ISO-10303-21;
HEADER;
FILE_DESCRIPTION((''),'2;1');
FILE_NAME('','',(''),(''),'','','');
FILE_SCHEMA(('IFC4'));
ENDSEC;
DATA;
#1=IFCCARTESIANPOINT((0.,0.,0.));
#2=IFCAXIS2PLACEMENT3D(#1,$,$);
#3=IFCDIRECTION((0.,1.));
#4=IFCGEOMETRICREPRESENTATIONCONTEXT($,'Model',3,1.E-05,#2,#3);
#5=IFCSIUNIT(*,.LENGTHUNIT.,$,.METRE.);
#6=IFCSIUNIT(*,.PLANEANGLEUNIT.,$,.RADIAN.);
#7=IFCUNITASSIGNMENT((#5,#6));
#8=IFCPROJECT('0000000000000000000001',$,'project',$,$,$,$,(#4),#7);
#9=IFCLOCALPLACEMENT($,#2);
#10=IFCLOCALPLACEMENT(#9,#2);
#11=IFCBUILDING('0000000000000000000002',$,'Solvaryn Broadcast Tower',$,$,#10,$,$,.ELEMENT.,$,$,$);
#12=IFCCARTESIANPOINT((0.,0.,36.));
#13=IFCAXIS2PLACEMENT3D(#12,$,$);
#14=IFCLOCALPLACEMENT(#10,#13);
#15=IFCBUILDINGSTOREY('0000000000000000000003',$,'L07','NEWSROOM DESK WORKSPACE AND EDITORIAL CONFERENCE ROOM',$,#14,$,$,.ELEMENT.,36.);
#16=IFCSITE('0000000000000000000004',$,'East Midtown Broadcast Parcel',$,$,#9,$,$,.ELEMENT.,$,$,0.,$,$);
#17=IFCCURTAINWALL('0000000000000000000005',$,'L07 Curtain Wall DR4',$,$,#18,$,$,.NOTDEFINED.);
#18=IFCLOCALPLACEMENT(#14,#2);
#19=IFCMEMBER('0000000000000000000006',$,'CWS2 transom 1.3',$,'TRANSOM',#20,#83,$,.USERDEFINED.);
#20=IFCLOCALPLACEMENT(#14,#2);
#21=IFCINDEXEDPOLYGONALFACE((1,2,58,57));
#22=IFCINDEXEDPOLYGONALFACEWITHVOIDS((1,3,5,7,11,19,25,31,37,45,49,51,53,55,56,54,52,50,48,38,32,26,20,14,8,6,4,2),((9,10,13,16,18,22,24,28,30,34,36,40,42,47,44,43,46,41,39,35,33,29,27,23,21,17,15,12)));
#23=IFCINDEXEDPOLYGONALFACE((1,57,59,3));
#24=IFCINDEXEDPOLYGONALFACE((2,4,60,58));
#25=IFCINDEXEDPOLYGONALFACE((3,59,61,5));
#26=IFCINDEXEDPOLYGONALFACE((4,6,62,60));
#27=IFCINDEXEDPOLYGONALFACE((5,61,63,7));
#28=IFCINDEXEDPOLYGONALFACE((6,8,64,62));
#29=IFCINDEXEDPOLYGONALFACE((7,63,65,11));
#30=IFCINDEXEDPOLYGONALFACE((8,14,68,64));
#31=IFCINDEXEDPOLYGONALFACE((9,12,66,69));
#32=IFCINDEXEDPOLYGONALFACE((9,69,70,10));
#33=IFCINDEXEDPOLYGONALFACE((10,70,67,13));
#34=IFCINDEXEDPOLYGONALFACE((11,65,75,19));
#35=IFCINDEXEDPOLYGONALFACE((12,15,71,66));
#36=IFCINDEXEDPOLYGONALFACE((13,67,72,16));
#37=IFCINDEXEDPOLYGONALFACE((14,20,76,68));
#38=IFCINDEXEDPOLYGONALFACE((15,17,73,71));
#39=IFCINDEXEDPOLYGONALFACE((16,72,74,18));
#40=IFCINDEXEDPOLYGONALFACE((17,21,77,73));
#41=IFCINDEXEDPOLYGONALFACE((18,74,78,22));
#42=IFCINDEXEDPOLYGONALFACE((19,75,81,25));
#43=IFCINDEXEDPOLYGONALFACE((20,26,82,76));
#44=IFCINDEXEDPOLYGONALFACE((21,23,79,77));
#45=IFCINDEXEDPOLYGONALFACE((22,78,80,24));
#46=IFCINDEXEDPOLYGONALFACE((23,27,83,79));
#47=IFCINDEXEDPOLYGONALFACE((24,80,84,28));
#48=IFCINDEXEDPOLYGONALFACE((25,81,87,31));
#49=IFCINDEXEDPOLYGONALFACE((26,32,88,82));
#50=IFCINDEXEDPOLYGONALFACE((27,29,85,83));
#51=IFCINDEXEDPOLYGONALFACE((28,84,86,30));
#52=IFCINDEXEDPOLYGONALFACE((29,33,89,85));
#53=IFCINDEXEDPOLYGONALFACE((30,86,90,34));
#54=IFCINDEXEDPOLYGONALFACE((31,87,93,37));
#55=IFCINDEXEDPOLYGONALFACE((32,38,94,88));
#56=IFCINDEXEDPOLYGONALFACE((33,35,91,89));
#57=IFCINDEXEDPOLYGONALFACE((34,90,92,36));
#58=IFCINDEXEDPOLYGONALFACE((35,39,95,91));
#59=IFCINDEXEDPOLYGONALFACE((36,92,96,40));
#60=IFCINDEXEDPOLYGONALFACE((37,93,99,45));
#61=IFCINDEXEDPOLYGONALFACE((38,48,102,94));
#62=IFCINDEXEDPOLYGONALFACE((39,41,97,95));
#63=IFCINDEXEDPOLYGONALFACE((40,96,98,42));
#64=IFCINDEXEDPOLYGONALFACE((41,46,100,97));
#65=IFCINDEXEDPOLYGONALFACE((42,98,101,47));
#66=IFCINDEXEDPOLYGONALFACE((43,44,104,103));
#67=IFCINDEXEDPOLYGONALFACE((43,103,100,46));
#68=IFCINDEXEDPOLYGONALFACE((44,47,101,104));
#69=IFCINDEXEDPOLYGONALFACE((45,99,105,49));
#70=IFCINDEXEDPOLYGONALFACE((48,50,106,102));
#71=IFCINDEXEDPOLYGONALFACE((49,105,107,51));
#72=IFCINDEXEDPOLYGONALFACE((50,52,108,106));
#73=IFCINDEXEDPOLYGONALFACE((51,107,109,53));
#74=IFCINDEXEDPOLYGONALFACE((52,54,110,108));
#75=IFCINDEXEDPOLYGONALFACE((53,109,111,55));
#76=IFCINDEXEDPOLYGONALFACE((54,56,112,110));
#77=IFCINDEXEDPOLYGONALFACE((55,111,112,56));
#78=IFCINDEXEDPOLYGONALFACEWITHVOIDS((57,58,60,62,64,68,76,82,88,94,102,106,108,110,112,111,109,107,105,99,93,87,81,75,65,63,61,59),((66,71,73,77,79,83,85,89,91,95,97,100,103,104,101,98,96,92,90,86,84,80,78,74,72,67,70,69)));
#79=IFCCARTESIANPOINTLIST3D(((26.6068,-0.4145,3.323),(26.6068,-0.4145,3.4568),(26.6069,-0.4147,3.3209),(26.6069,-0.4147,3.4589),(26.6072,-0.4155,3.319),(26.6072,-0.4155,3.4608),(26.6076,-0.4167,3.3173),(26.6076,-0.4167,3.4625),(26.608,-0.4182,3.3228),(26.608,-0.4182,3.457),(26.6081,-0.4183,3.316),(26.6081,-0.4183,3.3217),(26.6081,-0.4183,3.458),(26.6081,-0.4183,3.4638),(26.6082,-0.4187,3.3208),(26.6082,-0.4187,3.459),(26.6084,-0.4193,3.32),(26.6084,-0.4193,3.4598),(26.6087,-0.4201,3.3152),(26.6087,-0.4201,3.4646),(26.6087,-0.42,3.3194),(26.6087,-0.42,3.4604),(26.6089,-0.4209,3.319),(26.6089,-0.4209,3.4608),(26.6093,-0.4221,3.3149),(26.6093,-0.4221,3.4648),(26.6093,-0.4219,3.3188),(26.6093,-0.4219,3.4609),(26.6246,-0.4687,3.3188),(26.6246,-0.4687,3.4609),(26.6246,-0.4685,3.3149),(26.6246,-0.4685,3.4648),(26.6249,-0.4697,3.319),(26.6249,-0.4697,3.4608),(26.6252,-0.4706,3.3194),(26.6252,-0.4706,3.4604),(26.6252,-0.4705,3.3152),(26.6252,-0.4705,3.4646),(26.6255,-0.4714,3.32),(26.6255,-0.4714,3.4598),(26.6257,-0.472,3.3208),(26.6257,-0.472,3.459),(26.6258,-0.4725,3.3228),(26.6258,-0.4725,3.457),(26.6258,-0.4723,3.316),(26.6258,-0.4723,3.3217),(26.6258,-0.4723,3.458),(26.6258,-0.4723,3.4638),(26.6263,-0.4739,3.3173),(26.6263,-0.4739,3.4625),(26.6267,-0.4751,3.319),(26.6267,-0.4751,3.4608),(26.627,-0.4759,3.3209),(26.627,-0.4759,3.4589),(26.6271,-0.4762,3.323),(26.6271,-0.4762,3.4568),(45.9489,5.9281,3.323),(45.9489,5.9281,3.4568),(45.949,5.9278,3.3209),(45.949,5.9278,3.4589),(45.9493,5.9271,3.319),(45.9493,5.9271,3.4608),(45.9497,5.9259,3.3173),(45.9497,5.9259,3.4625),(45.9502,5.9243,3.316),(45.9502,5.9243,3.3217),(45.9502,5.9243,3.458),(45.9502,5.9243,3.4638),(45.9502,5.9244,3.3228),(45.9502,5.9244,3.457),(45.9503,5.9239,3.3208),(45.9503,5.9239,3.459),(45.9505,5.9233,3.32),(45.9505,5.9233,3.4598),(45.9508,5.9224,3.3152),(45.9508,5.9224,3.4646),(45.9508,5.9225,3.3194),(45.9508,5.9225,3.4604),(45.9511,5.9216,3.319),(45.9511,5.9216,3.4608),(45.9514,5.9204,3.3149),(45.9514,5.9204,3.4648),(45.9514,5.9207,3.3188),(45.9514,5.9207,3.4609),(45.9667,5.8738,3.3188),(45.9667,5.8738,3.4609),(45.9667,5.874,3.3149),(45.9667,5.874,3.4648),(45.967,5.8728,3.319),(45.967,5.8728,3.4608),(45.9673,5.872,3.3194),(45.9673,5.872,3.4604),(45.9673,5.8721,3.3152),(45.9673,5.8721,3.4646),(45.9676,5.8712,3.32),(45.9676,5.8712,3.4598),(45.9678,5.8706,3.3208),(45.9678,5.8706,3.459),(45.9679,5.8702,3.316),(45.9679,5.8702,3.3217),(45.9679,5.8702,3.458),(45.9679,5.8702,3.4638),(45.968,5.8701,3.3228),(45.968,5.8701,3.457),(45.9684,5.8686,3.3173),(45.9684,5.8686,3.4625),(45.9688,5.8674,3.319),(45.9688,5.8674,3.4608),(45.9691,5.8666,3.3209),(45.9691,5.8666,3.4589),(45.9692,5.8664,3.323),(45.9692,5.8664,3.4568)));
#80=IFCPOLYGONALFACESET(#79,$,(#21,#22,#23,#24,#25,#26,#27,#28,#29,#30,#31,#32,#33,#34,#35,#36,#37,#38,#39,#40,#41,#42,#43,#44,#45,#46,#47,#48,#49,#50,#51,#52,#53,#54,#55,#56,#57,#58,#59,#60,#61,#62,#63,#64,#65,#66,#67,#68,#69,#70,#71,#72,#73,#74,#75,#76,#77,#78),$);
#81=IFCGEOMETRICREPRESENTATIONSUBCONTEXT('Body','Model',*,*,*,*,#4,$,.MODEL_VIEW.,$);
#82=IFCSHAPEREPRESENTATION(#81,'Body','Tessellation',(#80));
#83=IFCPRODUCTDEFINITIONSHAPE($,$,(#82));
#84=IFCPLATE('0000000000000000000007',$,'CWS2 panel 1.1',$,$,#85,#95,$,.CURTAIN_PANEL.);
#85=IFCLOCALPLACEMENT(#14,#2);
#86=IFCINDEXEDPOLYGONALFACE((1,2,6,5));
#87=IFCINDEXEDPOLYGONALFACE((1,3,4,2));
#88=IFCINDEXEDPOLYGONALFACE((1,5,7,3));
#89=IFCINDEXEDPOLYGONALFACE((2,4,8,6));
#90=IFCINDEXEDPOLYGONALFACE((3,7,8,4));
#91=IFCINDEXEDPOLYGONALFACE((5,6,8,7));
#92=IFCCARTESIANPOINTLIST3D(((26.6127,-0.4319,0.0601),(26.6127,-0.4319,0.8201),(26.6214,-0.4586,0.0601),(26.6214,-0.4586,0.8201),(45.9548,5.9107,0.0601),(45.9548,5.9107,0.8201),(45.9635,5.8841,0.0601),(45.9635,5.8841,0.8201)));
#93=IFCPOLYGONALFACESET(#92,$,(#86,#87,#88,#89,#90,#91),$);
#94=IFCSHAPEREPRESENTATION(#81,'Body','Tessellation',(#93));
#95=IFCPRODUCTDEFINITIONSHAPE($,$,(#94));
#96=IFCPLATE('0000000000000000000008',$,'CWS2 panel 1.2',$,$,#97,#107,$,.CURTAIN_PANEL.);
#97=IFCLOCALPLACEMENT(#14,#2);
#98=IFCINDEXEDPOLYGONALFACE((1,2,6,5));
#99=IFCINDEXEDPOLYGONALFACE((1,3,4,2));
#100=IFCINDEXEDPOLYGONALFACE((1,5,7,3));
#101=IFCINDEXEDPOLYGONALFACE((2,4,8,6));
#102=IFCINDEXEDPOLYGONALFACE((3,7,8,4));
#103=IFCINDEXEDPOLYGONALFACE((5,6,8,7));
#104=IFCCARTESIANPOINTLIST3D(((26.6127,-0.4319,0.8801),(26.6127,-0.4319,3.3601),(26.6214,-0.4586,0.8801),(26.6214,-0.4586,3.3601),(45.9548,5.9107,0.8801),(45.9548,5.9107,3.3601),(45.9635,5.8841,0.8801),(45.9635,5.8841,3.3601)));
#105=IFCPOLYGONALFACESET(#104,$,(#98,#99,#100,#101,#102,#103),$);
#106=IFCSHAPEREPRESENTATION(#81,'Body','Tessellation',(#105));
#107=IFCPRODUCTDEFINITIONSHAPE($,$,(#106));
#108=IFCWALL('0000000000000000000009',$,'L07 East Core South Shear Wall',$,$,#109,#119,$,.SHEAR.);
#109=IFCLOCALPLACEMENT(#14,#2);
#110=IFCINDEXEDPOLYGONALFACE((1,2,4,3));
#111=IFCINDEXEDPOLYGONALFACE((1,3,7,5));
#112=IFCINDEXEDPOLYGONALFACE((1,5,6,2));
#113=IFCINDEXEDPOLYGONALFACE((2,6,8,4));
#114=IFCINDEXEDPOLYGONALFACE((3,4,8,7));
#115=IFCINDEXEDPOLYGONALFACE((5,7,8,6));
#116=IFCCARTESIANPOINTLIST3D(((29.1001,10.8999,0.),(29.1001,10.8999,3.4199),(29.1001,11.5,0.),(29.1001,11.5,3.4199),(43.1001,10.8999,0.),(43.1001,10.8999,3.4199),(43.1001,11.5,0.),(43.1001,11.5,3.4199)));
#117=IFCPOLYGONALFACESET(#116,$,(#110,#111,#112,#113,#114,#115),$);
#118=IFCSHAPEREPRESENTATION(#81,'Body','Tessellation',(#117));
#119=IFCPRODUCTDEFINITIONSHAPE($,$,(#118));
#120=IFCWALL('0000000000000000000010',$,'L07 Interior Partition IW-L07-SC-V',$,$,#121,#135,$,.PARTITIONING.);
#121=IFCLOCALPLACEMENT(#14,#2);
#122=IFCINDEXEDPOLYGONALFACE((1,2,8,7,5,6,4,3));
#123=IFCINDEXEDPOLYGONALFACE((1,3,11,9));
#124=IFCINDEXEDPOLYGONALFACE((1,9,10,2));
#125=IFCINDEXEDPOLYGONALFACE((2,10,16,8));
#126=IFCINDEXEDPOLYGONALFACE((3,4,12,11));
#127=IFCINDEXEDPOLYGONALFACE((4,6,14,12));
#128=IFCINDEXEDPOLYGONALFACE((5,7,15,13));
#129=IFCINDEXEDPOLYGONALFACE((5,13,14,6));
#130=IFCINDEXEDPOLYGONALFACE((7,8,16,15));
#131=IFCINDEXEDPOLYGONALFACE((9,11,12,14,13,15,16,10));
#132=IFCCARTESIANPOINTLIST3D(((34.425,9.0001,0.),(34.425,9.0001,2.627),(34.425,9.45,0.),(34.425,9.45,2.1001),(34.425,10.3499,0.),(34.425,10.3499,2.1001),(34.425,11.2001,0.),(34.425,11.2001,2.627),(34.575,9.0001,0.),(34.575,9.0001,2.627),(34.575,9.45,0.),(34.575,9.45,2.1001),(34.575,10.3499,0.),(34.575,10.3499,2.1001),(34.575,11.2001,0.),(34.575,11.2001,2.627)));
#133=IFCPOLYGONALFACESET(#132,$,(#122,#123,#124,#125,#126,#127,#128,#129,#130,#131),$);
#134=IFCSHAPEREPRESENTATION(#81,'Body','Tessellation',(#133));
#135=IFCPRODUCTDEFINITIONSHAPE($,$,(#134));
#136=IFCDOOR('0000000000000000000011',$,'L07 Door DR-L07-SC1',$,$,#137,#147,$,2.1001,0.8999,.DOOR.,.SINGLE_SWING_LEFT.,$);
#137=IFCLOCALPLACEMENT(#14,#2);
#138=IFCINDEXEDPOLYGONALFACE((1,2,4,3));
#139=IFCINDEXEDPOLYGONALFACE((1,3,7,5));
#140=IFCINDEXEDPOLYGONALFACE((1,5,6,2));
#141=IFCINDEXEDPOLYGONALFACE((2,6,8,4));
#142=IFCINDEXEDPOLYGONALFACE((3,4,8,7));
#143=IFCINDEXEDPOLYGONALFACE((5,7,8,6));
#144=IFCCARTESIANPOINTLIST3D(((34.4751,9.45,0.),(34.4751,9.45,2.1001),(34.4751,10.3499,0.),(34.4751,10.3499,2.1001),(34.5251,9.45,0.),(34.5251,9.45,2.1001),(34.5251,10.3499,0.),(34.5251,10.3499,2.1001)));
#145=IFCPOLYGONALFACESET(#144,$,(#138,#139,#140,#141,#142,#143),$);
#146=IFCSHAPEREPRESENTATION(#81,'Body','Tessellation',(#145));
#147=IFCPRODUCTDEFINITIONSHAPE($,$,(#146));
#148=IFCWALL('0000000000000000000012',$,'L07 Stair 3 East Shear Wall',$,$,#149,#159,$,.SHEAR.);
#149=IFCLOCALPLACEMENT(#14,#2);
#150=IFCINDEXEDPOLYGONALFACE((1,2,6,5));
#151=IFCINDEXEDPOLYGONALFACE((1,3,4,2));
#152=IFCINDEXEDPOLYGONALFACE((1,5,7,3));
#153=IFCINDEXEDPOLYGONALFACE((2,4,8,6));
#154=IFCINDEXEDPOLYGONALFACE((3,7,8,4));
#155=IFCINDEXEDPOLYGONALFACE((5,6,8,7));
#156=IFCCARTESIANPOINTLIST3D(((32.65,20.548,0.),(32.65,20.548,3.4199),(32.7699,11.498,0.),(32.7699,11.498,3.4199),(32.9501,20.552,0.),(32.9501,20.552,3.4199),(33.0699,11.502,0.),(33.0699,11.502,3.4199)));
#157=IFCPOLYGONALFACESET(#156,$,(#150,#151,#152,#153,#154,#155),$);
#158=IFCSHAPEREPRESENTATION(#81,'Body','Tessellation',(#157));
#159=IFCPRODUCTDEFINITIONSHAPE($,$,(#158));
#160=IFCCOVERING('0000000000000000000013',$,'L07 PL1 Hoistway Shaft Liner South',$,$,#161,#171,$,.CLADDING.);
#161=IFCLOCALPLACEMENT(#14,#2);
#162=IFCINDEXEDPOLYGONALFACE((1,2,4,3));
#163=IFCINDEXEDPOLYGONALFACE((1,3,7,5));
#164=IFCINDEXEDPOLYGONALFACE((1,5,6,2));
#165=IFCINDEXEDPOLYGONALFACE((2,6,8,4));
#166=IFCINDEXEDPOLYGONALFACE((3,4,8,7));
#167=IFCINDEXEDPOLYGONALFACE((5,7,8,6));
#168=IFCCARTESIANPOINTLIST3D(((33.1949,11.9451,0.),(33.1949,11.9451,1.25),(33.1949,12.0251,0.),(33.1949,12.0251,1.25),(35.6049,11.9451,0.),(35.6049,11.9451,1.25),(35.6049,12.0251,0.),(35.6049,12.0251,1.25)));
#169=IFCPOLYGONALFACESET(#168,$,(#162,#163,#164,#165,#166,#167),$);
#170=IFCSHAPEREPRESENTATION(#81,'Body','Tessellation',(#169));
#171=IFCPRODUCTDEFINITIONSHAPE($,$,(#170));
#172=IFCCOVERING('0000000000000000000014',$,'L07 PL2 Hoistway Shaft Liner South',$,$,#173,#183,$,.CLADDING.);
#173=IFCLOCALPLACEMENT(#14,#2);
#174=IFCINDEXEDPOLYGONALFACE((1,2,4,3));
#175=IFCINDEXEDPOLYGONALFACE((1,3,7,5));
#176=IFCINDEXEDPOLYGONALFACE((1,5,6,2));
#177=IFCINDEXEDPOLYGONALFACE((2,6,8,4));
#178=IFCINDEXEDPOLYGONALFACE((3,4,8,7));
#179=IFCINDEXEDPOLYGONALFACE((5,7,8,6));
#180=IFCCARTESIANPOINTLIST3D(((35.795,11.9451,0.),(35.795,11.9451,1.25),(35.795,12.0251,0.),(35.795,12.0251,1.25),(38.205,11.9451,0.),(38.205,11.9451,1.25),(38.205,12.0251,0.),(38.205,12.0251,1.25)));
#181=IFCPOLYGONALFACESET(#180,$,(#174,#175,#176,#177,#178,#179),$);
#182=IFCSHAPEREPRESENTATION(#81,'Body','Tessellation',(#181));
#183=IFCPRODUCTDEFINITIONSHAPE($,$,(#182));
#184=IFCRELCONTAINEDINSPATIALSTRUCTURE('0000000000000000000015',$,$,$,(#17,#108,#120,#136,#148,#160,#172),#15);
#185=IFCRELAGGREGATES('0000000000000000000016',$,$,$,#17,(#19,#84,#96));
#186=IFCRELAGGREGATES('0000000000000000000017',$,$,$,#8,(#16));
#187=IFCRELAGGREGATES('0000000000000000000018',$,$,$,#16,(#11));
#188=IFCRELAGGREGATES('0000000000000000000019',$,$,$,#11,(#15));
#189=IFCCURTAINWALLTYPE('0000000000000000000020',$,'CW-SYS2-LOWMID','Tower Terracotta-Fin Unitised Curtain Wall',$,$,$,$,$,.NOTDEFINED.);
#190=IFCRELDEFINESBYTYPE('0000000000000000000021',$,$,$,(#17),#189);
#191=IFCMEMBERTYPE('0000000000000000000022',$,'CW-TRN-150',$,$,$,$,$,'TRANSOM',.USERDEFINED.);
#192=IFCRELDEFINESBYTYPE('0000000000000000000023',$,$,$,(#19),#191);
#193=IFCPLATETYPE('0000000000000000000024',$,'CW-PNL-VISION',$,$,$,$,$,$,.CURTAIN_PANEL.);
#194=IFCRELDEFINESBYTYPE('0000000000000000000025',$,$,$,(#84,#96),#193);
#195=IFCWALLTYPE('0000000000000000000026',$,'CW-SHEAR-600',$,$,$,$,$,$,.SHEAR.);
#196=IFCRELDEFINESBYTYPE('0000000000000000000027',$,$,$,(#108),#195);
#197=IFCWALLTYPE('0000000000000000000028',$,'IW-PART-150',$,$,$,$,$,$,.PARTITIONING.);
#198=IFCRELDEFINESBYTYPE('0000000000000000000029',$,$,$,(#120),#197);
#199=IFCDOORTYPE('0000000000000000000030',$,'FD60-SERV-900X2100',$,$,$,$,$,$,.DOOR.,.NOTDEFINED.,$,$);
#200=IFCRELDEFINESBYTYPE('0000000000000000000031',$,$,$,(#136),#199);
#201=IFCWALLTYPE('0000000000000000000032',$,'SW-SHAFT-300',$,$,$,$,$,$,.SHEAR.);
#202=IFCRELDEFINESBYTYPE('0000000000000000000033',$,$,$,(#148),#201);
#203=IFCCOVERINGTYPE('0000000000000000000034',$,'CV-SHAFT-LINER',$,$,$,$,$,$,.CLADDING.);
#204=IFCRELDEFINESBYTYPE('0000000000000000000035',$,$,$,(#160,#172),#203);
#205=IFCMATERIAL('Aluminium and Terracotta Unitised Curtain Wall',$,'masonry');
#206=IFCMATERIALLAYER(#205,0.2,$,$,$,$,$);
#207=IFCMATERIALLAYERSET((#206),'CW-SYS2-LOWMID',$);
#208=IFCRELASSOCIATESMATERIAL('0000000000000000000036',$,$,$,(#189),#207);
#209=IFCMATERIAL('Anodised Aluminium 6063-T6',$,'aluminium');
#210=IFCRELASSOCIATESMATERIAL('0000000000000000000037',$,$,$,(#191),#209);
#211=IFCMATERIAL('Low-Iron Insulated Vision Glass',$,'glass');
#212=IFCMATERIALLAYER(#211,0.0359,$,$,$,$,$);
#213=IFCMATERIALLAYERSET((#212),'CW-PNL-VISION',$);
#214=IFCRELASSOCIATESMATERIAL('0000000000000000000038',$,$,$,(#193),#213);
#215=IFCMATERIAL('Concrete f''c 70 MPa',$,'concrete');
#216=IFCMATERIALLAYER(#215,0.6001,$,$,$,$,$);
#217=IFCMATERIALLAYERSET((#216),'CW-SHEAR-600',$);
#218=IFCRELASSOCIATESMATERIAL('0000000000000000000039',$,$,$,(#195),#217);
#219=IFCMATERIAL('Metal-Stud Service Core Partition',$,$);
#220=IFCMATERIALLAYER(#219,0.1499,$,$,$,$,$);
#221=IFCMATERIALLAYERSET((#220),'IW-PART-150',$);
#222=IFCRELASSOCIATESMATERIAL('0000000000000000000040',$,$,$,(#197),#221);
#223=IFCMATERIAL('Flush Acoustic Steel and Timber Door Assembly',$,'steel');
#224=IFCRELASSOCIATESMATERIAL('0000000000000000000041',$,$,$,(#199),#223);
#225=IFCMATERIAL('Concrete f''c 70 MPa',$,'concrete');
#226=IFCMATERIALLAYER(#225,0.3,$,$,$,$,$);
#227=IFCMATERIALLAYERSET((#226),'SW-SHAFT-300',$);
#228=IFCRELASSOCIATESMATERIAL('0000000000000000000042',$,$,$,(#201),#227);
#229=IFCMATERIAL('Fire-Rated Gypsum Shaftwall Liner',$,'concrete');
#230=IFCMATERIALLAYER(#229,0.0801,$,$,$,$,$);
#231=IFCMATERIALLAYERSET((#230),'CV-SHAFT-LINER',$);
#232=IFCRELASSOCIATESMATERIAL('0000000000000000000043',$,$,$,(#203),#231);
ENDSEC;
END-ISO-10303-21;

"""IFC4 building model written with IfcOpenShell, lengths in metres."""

from ifc_helpers import new_model, si_unit, direction, frame, frame_2d, origin, origin_2d, place, context, subcontext, project, spatial, rectangle, hollow_rectangle, extrude, material, layer, layer_set, material_profile, profile_set, type_object, element, fill, aggregate, save


model = new_model("IFC4")

# Units and contexts
model_context = context("Model", 3, precision=1e-05, world=origin(), true_north=direction((0.0, 1.0)))
body_context = subcontext(model_context, "Body", "Model", "MODEL_VIEW")
ifc_project = project(units=[si_unit("LENGTHUNIT", "METRE"), si_unit("PLANEANGLEUNIT", "RADIAN")], contexts=[model_context])

# Site, building, storey
site_placement = place(None, origin())
site = spatial("IfcSite", under=ifc_project, at=site_placement, Name="East Midtown Broadcast Parcel", CompositionType="ELEMENT", RefElevation=0.0)
building_placement = place(site_placement, origin())
building = spatial("IfcBuilding", under=site, at=building_placement, Name="Solvaryn Broadcast Tower", CompositionType="ELEMENT")
storey_placement = place(building_placement, frame((0.0, 0.0, 36.0)))
storey = spatial("IfcBuildingStorey", under=building, at=storey_placement, Name="L07", Description="NEWSROOM DESK WORKSPACE AND EDITORIAL CONFERENCE ROOM", CompositionType="ELEMENT", Elevation=36.0)

# Shared definitions
ifc_material_1 = material(Name="Aluminium and Terracotta Unitised Curtain Wall", Category="masonry")
ifc_layer_1 = layer(ifc_material_1, 0.2)
ifc_layer_set_1 = layer_set([ifc_layer_1], Name="CW-SYS2-LOWMID")
curtain_wall_type = type_object("IfcCurtainWallType", Name="CW-SYS2-LOWMID", Description="Tower Terracotta-Fin Unitised Curtain Wall", PredefinedType="NOTDEFINED", material=ifc_layer_set_1)

# Curtain wall, member, plates
curtain_wall_1_placement = place(storey_placement, origin())
curtain_wall_1 = element("IfcCurtainWall", 1, at=curtain_wall_1_placement, inside=storey, type_object=curtain_wall_type, Name="L07 Curtain Wall DR4", PredefinedType="NOTDEFINED")
ifc_material_2 = material(Name="Anodised Aluminium 6063-T6", Category="aluminium")
ifc_material_profile_1 = material_profile(ifc_material_2, hollow_rectangle(XDim=0.0649, YDim=0.1499, WallThickness=0.0039, InnerFilletRadius=0.0039, OuterFilletRadius=0.0081, at=origin_2d()))
ifc_profile_set_1 = profile_set([ifc_material_profile_1], Name="Anodised Aluminium 6063-T6")
member_type_1 = type_object("IfcMemberType", Name="CW-TRN-150", ElementType="TRANSOM", PredefinedType="USERDEFINED", material=ifc_profile_set_1)
member_1_placement = place(storey_placement, frame((26.6169, -0.4453, 3.3899), z_axis=(0.950217, 0.31159, 0.0), x_axis=(-0.31159, 0.950217, 0.0)))
member_1 = element("IfcMember", 2, at=member_1_placement, type_object=member_type_1, Name="CWS2 transom 1.3", ObjectType="TRANSOM", PredefinedType="USERDEFINED", context=body_context, shape_type="SweptSolid", body=[
    extrude(hollow_rectangle(XDim=0.0649, YDim=0.1499, WallThickness=0.0039, InnerFilletRadius=0.0039, OuterFilletRadius=0.0081, at=origin_2d()), origin(), (0.0, 0.0, 1.0), 20.3555),
])
ifc_material_3 = material(Name="Low-Iron Insulated Vision Glass", Category="glass")
ifc_layer_2 = layer(ifc_material_3, 0.0359)
ifc_layer_set_2 = layer_set([ifc_layer_2], Name="CW-PNL-VISION")
plate_type = type_object("IfcPlateType", Name="CW-PNL-VISION", PredefinedType="CURTAIN_PANEL", material=ifc_layer_set_2)
plate_1_placement = place(storey_placement, frame((36.2881, 2.7261, 0.0601), z_axis=(0.0, 0.0, 1.0), x_axis=(0.950215, 0.311594, 0.0)))
plate_1 = element("IfcPlate", 3, at=plate_1_placement, type_object=plate_type, Name="CWS2 panel 1.1", PredefinedType="CURTAIN_PANEL", context=body_context, shape_type="SweptSolid", body=[
    extrude(rectangle(XDim=20.3555, YDim=0.0281, at=origin_2d()), origin(), (0.0, 0.0, 1.0), 0.76),
])
plate_2_placement = place(storey_placement, frame((36.2881, 2.7261, 0.8801), z_axis=(0.0, 0.0, 1.0), x_axis=(0.950215, 0.311594, 0.0)))
plate_2 = element("IfcPlate", 4, at=plate_2_placement, type_object=plate_type, Name="CWS2 panel 1.2", PredefinedType="CURTAIN_PANEL", context=body_context, shape_type="SweptSolid", body=[
    extrude(rectangle(XDim=20.3555, YDim=0.0281, at=origin_2d()), origin(), (0.0, 0.0, 1.0), 2.48),
])
aggregate(curtain_wall_1, [member_1, plate_1, plate_2])

# Wall
ifc_material_4 = material(Name="Concrete f'c 70 MPa", Category="concrete")
ifc_layer_3 = layer(ifc_material_4, 0.6001)
ifc_layer_set_3 = layer_set([ifc_layer_3], Name="CW-SHEAR-600")
wall_type_1 = type_object("IfcWallType", Name="CW-SHEAR-600", PredefinedType="SHEAR", material=ifc_layer_set_3)
wall_1_placement = place(storey_placement, frame((29.1001, 11.2, 0.0), z_axis=(0.0, 0.0, 1.0), x_axis=(1.0, 0.0, 0.0)))
element("IfcWall", 5, at=wall_1_placement, inside=storey, type_object=wall_type_1, Name="L07 East Core South Shear Wall", PredefinedType="SHEAR", context=body_context, shape_type="SweptSolid", body=[
    extrude(rectangle(XDim=14.0, YDim=0.6001, at=frame_2d((7.0, 0.0))), origin(), (0.0, 0.0, 1.0), 3.4199),
])

# Wall, opening, door
ifc_material_5 = material(Name="Metal-Stud Service Core Partition")
ifc_layer_4 = layer(ifc_material_5, 0.1499)
ifc_layer_set_4 = layer_set([ifc_layer_4], Name="IW-PART-150")
wall_type_2 = type_object("IfcWallType", Name="IW-PART-150", PredefinedType="PARTITIONING", material=ifc_layer_set_4)
wall_2_placement = place(storey_placement, frame((34.5, 9.0, 0.0), z_axis=(0.0, 0.0, 1.0), x_axis=(0.0, 1.0, 0.0)))
wall_2 = element("IfcWall", 6, at=wall_2_placement, inside=storey, type_object=wall_type_2, Name="L07 Interior Partition IW-L07-SC-V", PredefinedType="PARTITIONING", context=body_context, shape_type="SweptSolid", body=[
    extrude(rectangle(XDim=2.2, YDim=0.1499, at=frame_2d((1.1001, 0.0))), origin(), (0.0, 0.0, 1.0), 2.627),
])
opening_placement = place(wall_2_placement, frame((0.45, 0.0, 0.0)))
opening = element("IfcOpeningElement", 7, at=opening_placement, cuts=wall_2, PredefinedType="OPENING", context=body_context, shape_type="SweptSolid", body=[
    extrude(rectangle(XDim=0.8999, YDim=2.1001, at=frame_2d((0.45, 1.05))), frame((0.0, 0.085, 0.0), z_axis=(0.0, -1.0, 0.0), x_axis=(1.0, 0.0, 0.0)), (0.0, 0.0, 1.0), 0.1699),
])
ifc_material_6 = material(Name="Flush Acoustic Steel and Timber Door Assembly", Category="steel")
door_type = type_object("IfcDoorType", Name="FD60-SERV-900X2100", OperationType="NOTDEFINED", PredefinedType="DOOR", material=ifc_material_6)
door_placement = place(opening_placement, origin())
door = element("IfcDoor", 8, at=door_placement, inside=storey, type_object=door_type, Name="L07 Door DR-L07-SC1", OperationType="SINGLE_SWING_LEFT", OverallHeight=2.1001, OverallWidth=0.8999, PredefinedType="DOOR", context=body_context, shape_type="SweptSolid", body=[
    extrude(rectangle(XDim=0.8999, YDim=2.1001, at=frame_2d((0.45, 1.05))), frame((0.0, 0.0249, 0.0), z_axis=(0.0, -1.0, 0.0), x_axis=(1.0, 0.0, 0.0)), (0.0, 0.0, 1.0), 0.05),
])
fill(opening, door)

# Wall
ifc_material_7 = material(Name="Concrete f'c 70 MPa", Category="concrete")
ifc_layer_5 = layer(ifc_material_7, 0.3)
ifc_layer_set_5 = layer_set([ifc_layer_5], Name="SW-SHAFT-300")
wall_type_3 = type_object("IfcWallType", Name="SW-SHAFT-300", PredefinedType="SHEAR", material=ifc_layer_set_5)
wall_3_placement = place(storey_placement, frame((32.9199, 11.5, 0.0), z_axis=(0.0, 0.0, 1.0), x_axis=(-0.013244, 0.999912, 0.0)))
element("IfcWall", 9, at=wall_3_placement, inside=storey, type_object=wall_type_3, Name="L07 Stair 3 East Shear Wall", PredefinedType="SHEAR", context=body_context, shape_type="SweptSolid", body=[
    extrude(rectangle(XDim=9.0508, YDim=0.3, at=frame_2d((4.5254, 0.0))), origin(), (0.0, 0.0, 1.0), 3.4199),
])

# Coverings
ifc_material_8 = material(Name="Fire-Rated Gypsum Shaftwall Liner", Category="concrete")
ifc_layer_6 = layer(ifc_material_8, 0.0801)
ifc_layer_set_6 = layer_set([ifc_layer_6], Name="CV-SHAFT-LINER")
covering_type_1 = type_object("IfcCoveringType", Name="CV-SHAFT-LINER", PredefinedType="CLADDING", material=ifc_layer_set_6)
for number, where, z_axis, x_axis, name in (
    (10, (34.3999, 11.9851, 0.0), (0.0, 0.0, 1.0), (1.0, 0.0, 0.0), "L07 PL1 Hoistway Shaft Liner South"),
    (11, (37.0, 11.9851, 0.0), (0.0, 0.0, 1.0), (1.0, 0.0, 0.0), "L07 PL2 Hoistway Shaft Liner South"),
):
    element("IfcCovering", number, at=place(storey_placement, frame(where, z_axis=z_axis, x_axis=x_axis)), inside=storey, type_object=covering_type_1, Name=name, PredefinedType="CLADDING", context=body_context, shape_type="SweptSolid", body=[
        extrude(rectangle(XDim=2.4099, YDim=0.0801, at=origin_2d()), origin(), (0.0, 0.0, 1.0), 1.25),
    ])

save(model, "model.ifc")
